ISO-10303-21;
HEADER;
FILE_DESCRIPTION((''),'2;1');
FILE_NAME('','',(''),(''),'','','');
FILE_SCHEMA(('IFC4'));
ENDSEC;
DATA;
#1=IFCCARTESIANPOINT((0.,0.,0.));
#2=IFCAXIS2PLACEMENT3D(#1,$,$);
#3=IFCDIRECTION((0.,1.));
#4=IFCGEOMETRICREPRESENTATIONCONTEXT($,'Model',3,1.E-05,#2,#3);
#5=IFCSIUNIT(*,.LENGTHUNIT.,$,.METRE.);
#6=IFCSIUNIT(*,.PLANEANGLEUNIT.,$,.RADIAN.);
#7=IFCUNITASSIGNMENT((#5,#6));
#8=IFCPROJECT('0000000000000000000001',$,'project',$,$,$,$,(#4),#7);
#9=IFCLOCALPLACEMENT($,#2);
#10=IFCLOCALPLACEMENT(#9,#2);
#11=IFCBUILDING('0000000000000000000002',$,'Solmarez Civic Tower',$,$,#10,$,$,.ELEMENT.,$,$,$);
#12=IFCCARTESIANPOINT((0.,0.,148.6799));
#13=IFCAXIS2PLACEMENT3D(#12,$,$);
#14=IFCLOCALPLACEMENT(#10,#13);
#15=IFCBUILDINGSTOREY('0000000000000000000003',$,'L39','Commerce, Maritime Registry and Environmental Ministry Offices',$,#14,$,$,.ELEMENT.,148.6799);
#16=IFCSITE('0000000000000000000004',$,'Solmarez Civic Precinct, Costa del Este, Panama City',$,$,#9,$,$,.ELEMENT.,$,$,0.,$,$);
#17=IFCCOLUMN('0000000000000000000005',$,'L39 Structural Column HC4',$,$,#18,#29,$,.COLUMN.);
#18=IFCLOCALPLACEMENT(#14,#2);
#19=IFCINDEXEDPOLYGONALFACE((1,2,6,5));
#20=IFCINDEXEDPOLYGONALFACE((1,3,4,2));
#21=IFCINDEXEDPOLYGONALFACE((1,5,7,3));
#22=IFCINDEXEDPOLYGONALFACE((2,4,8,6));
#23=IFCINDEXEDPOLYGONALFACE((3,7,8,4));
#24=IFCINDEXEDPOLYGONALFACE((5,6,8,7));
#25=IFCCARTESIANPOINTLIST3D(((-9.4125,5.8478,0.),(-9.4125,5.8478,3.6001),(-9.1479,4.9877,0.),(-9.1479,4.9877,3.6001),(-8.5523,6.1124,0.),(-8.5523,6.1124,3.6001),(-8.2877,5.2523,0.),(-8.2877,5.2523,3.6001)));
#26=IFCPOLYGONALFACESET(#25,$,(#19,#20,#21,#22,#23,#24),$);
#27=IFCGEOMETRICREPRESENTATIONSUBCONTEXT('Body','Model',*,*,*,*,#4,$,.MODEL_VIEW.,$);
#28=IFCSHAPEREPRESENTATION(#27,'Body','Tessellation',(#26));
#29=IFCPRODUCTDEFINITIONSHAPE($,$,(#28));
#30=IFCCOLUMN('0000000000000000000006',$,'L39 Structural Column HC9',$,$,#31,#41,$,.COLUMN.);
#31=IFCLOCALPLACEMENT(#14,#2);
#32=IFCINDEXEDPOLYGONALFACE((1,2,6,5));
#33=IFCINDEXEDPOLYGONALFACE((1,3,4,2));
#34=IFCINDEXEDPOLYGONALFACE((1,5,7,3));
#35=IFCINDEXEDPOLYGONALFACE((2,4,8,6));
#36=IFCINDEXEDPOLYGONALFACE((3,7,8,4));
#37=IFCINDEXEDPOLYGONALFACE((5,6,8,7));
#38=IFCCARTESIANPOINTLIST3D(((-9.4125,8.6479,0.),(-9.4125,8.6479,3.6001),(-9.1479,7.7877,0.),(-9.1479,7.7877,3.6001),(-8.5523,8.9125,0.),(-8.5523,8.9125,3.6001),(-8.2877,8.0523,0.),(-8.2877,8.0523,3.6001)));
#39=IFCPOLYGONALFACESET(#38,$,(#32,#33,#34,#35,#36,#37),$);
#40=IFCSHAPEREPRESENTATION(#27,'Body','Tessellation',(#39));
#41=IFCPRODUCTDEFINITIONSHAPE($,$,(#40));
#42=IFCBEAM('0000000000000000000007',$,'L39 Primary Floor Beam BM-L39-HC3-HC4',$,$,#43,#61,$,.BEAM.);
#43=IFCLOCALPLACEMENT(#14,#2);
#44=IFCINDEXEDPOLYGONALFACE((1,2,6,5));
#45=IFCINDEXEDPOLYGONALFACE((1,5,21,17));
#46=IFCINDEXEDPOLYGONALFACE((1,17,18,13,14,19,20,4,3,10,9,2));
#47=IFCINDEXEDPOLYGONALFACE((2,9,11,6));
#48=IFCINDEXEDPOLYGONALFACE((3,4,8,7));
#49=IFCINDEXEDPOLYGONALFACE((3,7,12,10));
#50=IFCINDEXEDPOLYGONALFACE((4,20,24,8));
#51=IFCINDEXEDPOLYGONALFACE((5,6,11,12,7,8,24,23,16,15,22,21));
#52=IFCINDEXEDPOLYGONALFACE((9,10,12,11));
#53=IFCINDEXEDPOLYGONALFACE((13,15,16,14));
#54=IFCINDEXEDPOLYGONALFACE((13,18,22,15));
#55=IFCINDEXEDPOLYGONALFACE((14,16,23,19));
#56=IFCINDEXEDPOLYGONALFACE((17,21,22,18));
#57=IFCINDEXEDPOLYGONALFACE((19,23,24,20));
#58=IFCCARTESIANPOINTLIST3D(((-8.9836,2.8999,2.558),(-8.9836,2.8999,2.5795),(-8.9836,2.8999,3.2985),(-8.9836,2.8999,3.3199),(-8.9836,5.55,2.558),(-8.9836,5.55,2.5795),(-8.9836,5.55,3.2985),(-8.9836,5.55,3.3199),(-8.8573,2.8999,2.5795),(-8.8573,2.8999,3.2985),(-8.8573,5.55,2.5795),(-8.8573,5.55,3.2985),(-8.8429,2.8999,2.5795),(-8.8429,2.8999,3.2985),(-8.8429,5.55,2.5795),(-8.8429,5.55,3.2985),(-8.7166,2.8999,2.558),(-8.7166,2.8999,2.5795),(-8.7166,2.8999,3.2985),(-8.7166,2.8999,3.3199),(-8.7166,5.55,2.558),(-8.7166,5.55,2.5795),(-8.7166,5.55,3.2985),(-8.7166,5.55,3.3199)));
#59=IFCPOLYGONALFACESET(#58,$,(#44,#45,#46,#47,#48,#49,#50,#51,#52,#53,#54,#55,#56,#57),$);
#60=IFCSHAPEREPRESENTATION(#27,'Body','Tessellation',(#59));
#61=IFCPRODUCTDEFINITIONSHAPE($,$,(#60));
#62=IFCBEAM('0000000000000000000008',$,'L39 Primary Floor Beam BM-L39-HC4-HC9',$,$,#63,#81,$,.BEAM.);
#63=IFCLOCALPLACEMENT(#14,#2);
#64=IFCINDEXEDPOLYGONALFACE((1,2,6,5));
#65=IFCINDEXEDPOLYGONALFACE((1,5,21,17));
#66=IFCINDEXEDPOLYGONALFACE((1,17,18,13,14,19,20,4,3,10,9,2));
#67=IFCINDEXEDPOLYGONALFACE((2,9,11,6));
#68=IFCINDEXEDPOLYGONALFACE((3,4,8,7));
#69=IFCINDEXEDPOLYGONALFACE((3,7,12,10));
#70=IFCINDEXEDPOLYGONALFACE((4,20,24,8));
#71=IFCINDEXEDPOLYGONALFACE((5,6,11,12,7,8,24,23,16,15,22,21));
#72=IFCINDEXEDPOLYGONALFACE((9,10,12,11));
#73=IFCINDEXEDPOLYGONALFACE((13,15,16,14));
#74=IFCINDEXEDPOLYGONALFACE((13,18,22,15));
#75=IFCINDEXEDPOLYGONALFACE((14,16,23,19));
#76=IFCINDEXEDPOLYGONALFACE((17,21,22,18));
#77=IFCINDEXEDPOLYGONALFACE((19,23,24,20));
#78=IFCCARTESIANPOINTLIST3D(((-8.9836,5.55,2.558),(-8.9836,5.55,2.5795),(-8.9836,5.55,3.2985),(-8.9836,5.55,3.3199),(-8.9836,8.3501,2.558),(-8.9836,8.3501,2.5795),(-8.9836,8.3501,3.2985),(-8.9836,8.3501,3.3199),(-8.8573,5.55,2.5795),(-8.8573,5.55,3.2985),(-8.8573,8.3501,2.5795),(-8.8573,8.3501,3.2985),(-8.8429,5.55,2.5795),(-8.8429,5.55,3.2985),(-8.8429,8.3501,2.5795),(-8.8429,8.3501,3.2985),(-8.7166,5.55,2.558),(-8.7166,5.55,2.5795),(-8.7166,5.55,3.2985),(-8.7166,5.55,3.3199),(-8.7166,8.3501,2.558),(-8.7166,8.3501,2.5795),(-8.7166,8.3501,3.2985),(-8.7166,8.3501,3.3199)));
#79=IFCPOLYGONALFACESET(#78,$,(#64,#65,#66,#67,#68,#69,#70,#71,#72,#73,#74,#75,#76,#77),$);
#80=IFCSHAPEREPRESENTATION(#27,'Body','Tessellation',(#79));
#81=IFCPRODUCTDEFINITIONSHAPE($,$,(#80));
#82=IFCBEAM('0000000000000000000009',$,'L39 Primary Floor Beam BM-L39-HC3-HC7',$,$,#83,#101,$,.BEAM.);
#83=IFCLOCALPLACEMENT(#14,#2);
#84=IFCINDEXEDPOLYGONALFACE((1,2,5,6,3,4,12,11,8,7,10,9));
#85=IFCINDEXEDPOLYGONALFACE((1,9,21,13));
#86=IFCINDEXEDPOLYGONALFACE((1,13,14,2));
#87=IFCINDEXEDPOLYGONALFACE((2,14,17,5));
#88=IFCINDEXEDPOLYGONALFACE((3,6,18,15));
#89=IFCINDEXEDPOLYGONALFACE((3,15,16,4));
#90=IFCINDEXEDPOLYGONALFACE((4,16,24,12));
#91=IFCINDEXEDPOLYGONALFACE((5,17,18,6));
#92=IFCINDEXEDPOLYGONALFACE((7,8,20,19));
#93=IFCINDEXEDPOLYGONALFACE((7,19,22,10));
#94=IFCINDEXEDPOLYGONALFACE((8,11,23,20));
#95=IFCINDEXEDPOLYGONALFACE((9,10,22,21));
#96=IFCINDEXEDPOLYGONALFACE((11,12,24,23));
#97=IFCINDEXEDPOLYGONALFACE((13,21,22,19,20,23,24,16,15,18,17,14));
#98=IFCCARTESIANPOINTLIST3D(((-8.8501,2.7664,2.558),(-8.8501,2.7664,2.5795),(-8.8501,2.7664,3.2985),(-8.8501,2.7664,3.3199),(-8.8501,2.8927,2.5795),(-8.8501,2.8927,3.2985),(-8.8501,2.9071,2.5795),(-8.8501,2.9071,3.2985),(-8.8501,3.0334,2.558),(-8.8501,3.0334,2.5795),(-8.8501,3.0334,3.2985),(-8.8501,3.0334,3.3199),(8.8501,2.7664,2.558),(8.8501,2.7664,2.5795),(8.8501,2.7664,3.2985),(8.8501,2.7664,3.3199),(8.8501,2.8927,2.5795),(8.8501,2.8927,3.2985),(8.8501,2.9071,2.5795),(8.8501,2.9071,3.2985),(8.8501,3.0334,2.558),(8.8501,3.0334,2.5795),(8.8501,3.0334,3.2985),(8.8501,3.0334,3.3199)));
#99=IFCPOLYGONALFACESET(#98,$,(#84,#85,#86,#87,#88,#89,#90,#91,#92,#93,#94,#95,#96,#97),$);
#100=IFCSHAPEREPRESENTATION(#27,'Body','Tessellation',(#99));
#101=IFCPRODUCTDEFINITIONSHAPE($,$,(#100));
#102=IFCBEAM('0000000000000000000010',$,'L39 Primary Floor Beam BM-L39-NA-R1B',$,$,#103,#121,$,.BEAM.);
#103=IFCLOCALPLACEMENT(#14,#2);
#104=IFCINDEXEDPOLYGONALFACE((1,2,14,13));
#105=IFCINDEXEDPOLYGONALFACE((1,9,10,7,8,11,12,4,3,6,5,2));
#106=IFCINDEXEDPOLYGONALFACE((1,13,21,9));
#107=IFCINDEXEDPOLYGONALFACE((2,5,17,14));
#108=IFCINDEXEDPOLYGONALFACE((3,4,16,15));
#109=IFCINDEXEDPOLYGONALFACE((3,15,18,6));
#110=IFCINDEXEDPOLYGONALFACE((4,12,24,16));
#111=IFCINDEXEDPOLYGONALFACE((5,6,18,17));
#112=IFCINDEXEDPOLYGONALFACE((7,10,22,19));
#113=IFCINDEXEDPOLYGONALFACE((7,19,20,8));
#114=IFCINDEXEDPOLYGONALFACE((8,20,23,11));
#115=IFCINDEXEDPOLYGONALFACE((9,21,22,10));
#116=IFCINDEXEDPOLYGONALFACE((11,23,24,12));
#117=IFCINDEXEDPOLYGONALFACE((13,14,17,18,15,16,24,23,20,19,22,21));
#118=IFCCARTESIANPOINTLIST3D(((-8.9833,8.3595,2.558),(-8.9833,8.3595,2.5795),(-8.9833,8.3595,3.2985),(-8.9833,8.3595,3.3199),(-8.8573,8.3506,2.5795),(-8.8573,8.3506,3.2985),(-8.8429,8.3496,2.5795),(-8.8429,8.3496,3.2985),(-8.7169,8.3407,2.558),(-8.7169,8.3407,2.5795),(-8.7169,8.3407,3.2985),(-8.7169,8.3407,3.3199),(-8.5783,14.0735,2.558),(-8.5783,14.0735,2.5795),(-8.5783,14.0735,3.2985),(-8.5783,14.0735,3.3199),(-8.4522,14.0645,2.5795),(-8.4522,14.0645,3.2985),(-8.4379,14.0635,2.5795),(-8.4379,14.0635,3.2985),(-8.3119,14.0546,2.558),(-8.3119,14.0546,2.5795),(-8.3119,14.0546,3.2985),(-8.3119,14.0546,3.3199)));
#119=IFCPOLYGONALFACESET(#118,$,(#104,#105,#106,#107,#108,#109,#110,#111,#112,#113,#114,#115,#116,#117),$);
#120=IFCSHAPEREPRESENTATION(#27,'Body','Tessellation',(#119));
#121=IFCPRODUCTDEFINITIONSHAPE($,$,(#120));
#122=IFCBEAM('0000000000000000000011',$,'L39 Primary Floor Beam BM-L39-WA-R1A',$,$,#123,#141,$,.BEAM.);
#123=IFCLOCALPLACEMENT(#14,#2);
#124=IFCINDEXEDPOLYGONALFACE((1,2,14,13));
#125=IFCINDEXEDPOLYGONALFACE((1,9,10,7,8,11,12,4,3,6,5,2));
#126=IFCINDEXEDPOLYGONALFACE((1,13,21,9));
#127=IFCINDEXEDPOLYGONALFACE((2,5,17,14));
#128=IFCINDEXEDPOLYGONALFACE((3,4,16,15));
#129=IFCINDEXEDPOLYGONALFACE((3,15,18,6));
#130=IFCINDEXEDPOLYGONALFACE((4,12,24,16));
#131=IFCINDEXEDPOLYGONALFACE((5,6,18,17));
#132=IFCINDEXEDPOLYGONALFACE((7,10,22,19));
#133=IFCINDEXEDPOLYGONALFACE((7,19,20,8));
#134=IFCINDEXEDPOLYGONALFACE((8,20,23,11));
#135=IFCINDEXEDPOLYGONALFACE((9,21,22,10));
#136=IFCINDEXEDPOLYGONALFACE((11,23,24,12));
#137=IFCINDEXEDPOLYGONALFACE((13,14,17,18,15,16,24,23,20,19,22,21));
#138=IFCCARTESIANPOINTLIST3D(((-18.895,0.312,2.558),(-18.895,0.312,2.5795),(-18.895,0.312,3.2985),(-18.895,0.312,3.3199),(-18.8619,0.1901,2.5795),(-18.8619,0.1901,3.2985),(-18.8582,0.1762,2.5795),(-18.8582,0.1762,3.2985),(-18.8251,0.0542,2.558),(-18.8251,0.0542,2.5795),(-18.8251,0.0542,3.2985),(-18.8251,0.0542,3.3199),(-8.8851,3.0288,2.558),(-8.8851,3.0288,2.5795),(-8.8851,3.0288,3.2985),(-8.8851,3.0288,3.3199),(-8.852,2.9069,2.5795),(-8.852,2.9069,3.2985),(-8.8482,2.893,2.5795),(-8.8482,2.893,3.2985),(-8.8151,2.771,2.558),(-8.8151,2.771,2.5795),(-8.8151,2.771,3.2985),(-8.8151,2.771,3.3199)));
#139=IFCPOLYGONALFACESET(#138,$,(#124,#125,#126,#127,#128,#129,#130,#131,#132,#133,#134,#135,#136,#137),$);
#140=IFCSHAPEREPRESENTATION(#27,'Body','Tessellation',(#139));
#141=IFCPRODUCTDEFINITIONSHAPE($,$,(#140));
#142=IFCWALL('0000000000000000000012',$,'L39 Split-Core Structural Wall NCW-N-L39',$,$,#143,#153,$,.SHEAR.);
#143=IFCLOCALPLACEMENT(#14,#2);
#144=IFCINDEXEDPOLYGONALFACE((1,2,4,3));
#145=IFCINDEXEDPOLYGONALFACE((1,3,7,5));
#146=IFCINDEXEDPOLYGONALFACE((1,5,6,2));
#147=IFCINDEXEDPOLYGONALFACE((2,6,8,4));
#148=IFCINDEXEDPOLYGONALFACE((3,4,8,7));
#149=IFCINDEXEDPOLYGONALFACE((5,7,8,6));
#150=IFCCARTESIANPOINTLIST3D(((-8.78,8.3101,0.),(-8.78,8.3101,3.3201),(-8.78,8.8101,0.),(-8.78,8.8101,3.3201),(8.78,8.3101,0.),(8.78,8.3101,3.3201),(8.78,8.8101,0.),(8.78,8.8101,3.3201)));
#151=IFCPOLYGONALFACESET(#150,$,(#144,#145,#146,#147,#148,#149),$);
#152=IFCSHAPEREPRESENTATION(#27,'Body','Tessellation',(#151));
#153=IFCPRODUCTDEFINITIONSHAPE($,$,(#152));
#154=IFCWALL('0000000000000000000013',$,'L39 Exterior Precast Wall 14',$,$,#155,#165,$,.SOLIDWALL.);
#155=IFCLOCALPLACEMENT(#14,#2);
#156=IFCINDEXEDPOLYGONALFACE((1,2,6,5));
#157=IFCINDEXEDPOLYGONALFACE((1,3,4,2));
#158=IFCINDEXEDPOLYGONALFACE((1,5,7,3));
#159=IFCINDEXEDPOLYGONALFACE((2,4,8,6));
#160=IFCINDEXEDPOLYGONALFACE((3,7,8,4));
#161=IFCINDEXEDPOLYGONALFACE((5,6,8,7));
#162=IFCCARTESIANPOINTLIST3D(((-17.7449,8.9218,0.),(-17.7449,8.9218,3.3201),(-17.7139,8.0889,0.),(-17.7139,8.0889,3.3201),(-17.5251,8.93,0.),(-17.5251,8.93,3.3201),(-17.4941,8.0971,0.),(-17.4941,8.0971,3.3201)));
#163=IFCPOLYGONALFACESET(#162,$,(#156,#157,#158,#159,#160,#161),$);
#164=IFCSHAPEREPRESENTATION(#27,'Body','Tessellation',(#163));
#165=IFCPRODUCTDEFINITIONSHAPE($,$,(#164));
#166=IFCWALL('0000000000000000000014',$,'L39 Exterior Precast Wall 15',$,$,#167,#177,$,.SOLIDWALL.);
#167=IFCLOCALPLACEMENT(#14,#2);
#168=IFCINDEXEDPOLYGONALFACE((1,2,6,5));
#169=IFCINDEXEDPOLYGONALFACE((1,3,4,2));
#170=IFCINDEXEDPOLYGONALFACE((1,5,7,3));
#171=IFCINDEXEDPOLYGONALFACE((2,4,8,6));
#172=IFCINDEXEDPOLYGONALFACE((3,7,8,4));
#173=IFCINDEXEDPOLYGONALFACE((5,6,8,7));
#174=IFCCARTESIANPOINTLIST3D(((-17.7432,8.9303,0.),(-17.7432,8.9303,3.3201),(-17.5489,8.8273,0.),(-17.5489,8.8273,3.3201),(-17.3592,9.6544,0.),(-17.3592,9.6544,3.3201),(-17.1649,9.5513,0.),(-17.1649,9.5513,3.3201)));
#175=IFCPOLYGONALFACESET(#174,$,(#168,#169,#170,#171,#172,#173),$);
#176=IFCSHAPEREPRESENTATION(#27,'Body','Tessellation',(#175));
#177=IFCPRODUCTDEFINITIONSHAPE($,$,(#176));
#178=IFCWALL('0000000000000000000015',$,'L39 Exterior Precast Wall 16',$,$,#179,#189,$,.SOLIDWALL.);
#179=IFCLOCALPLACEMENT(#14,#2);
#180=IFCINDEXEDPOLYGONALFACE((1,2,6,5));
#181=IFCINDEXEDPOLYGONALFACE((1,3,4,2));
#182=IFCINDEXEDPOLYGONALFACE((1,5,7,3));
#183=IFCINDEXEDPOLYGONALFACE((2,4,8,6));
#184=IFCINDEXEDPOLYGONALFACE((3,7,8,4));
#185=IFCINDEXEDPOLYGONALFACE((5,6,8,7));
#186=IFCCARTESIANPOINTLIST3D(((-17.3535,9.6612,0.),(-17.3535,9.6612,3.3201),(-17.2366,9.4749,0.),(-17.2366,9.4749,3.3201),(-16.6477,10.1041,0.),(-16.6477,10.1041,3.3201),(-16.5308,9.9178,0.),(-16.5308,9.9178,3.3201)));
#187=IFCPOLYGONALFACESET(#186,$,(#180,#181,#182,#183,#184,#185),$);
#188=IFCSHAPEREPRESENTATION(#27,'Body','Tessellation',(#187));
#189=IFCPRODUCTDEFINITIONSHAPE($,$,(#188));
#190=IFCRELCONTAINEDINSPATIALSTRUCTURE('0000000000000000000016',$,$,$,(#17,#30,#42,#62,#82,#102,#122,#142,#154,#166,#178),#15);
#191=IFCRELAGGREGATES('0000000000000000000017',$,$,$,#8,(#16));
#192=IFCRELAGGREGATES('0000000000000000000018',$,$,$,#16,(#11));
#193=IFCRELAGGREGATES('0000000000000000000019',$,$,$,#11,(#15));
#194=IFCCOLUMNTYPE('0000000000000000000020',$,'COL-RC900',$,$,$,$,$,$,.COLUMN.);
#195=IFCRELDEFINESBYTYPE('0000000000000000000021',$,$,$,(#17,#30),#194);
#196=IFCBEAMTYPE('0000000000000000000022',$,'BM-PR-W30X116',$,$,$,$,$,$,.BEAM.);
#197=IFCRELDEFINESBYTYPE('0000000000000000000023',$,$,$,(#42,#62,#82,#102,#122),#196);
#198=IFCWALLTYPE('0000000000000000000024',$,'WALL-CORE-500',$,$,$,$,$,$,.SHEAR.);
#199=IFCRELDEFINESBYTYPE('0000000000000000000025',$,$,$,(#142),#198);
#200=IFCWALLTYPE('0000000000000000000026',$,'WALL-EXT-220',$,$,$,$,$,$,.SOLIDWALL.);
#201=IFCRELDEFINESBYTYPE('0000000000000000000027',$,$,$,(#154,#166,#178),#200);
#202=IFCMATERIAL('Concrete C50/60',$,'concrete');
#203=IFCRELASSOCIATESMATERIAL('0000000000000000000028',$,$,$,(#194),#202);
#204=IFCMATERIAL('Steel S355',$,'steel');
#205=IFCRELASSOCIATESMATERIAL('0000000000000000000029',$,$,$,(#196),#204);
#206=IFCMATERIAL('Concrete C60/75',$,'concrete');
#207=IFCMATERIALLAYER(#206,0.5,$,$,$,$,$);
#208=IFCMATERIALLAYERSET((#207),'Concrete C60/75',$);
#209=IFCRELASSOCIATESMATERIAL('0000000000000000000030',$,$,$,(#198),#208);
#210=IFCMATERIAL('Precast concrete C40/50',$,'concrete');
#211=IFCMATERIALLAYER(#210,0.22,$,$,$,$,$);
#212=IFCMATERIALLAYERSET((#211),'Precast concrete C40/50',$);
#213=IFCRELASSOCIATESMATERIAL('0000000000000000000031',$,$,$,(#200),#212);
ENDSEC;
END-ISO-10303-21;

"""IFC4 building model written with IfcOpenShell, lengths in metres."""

from ifc_helpers import new_model, si_unit, direction, frame, frame_2d, origin, origin_2d, place, context, subcontext, project, spatial, rectangle, i_section, extrude, material, layer, layer_set, material_profile, profile_set, type_object, element, save


model = new_model("IFC4")

# Units and contexts
model_context = context("Model", 3, precision=1e-05, world=origin(), true_north=direction((0.0, 1.0)))
body_context = subcontext(model_context, "Body", "Model", "MODEL_VIEW")
ifc_project = project(units=[si_unit("LENGTHUNIT", "METRE"), si_unit("PLANEANGLEUNIT", "RADIAN")], contexts=[model_context])

# Site, building, storey
site_placement = place(None, origin())
site = spatial("IfcSite", under=ifc_project, at=site_placement, Name="Solmarez Civic Precinct, Costa del Este, Panama City", CompositionType="ELEMENT", RefElevation=0.0)
building_placement = place(site_placement, origin())
building = spatial("IfcBuilding", under=site, at=building_placement, Name="Solmarez Civic Tower", CompositionType="ELEMENT")
storey_placement = place(building_placement, frame((0.0, 0.0, 148.6799)))
storey = spatial("IfcBuildingStorey", under=building, at=storey_placement, Name="L39", Description="Commerce, Maritime Registry and Environmental Ministry Offices", CompositionType="ELEMENT", Elevation=148.6799)

# Columns
ifc_material_1 = material(Name="Concrete C50/60", Category="concrete")
ifc_material_profile_1 = material_profile(ifc_material_1, rectangle(XDim=0.8999, YDim=0.8999, at=origin_2d()), Name="RC900X900")
ifc_profile_set_1 = profile_set([ifc_material_profile_1], Name="Concrete C50/60")
column_type = type_object("IfcColumnType", Name="COL-RC900", PredefinedType="COLUMN", material=ifc_profile_set_1)
for number, where, z_axis, x_axis, name in (
    (1, (-8.8501, 5.55, 0.0), (0.0, 0.0, 1.0), (0.955793, 0.29404, 0.0), "L39 Structural Column HC4"),
    (2, (-8.8501, 8.3501, 0.0), (0.0, 0.0, 1.0), (0.955793, 0.29404, 0.0), "L39 Structural Column HC9"),
):
    element("IfcColumn", number, at=place(storey_placement, frame(where, z_axis=z_axis, x_axis=x_axis)), inside=storey, type_object=column_type, Name=name, PredefinedType="COLUMN", context=body_context, shape_type="SweptSolid", body=[
        extrude(rectangle(XDim=0.8999, YDim=0.8999, at=origin_2d()), origin(), (0.0, 0.0, 1.0), 3.6001),
    ])

# Beams
ifc_material_2 = material(Name="Steel S355", Category="steel")
ifc_material_profile_2 = material_profile(ifc_material_2, i_section(OverallWidth=0.2671, OverallDepth=0.762, WebThickness=0.0144, FlangeThickness=0.0215, at=origin_2d()), Name="W30X116")
ifc_profile_set_2 = profile_set([ifc_material_profile_2], Name="Steel S355")
beam_type = type_object("IfcBeamType", Name="BM-PR-W30X116", PredefinedType="BEAM", material=ifc_profile_set_2)
beam_1_placement = place(storey_placement, frame((-8.8501, 2.8999, 2.939), z_axis=(0.0, 1.0, 0.0), x_axis=(-1.0, 0.0, 0.0)))
element("IfcBeam", 3, at=beam_1_placement, inside=storey, type_object=beam_type, Name="L39 Primary Floor Beam BM-L39-HC3-HC4", PredefinedType="BEAM", context=body_context, shape_type="SweptSolid", body=[
    extrude(i_section(OverallWidth=0.2671, OverallDepth=0.762, WebThickness=0.0144, FlangeThickness=0.0215, at=origin_2d()), origin(), (0.0, 0.0, 1.0), 2.6501),
])
beam_2_placement = place(storey_placement, frame((-8.8501, 5.55, 2.939), z_axis=(0.0, 1.0, 0.0), x_axis=(-1.0, 0.0, 0.0)))
element("IfcBeam", 4, at=beam_2_placement, inside=storey, type_object=beam_type, Name="L39 Primary Floor Beam BM-L39-HC4-HC9", PredefinedType="BEAM", context=body_context, shape_type="SweptSolid", body=[
    extrude(i_section(OverallWidth=0.2671, OverallDepth=0.762, WebThickness=0.0144, FlangeThickness=0.0215, at=origin_2d()), origin(), (0.0, 0.0, 1.0), 2.8),
])
beam_3_placement = place(storey_placement, frame((-8.8501, 2.8999, 2.939), z_axis=(1.0, 0.0, 0.0), x_axis=(0.0, 1.0, 0.0)))
element("IfcBeam", 5, at=beam_3_placement, inside=storey, type_object=beam_type, Name="L39 Primary Floor Beam BM-L39-HC3-HC7", PredefinedType="BEAM", context=body_context, shape_type="SweptSolid", body=[
    extrude(i_section(OverallWidth=0.2671, OverallDepth=0.762, WebThickness=0.0144, FlangeThickness=0.0215, at=origin_2d()), origin(), (0.0, 0.0, 1.0), 17.7002),
])
beam_4_placement = place(storey_placement, frame((-8.8501, 8.3501, 2.939), z_axis=(0.070708, 0.997497, 0.0), x_axis=(-0.997497, 0.070708, 0.0)))
element("IfcBeam", 6, at=beam_4_placement, inside=storey, type_object=beam_type, Name="L39 Primary Floor Beam BM-L39-NA-R1B", PredefinedType="BEAM", context=body_context, shape_type="SweptSolid", body=[
    extrude(i_section(OverallWidth=0.2671, OverallDepth=0.762, WebThickness=0.0144, FlangeThickness=0.0215, at=origin_2d()), origin(), (0.0, 0.0, 1.0), 5.7283),
])
beam_5_placement = place(storey_placement, frame((-8.8501, 2.8999, 2.939), z_axis=(-0.965086, -0.261932, 0.0), x_axis=(0.261932, -0.965086, 0.0)))
element("IfcBeam", 7, at=beam_5_placement, inside=storey, type_object=beam_type, Name="L39 Primary Floor Beam BM-L39-WA-R1A", PredefinedType="BEAM", context=body_context, shape_type="SweptSolid", body=[
    extrude(i_section(OverallWidth=0.2671, OverallDepth=0.762, WebThickness=0.0144, FlangeThickness=0.0215, at=origin_2d()), origin(), (0.0, 0.0, 1.0), 10.3721),
])

# Walls
ifc_material_3 = material(Name="Concrete C60/75", Category="concrete")
ifc_layer_1 = layer(ifc_material_3, 0.5)
ifc_layer_set_1 = layer_set([ifc_layer_1], Name="Concrete C60/75")
wall_type_1 = type_object("IfcWallType", Name="WALL-CORE-500", PredefinedType="SHEAR", material=ifc_layer_set_1)
wall_1_placement = place(storey_placement, frame((-8.78, 8.5601, 0.0), z_axis=(0.0, 0.0, 1.0), x_axis=(1.0, 0.0, 0.0)))
element("IfcWall", 8, at=wall_1_placement, inside=storey, type_object=wall_type_1, Name="L39 Split-Core Structural Wall NCW-N-L39", PredefinedType="SHEAR", context=body_context, shape_type="SweptSolid", body=[
    extrude(rectangle(XDim=17.5601, YDim=0.5, at=frame_2d((8.78, 0.0))), origin(), (0.0, 0.0, 1.0), 3.3201),
])
ifc_material_4 = material(Name="Precast concrete C40/50", Category="concrete")
ifc_layer_2 = layer(ifc_material_4, 0.22)
ifc_layer_set_2 = layer_set([ifc_layer_2], Name="Precast concrete C40/50")
wall_type_2 = type_object("IfcWallType", Name="WALL-EXT-220", PredefinedType="SOLIDWALL", material=ifc_layer_set_2)
wall_2_placement = place(storey_placement, frame((-17.604, 8.093, 0.0), z_axis=(0.0, 0.0, 1.0), x_axis=(-0.037196, 0.999308, 0.0)))
element("IfcWall", 9, at=wall_2_placement, inside=storey, type_object=wall_type_2, Name="L39 Exterior Precast Wall 14", PredefinedType="SOLIDWALL", context=body_context, shape_type="SweptSolid", body=[
    extrude(rectangle(XDim=0.8335, YDim=0.22, at=frame_2d((0.4167, 0.0))), origin(), (0.0, 0.0, 1.0), 3.3201),
])
wall_3_placement = place(storey_placement, frame((-17.646, 8.8789, 0.0), z_axis=(0.0, 0.0, 1.0), x_axis=(0.468531, 0.883447, 0.0)))
element("IfcWall", 10, at=wall_3_placement, inside=storey, type_object=wall_type_2, Name="L39 Exterior Precast Wall 15", PredefinedType="SOLIDWALL", context=body_context, shape_type="SweptSolid", body=[
    extrude(rectangle(XDim=0.8196, YDim=0.22, at=frame_2d((0.4097, 0.0))), origin(), (0.0, 0.0, 1.0), 3.3201),
])
wall_4_placement = place(storey_placement, frame((-17.2949, 9.5681, 0.0), z_axis=(0.0, 0.0, 1.0), x_axis=(0.847059, 0.531499, 0.0)))
element("IfcWall", 11, at=wall_4_placement, inside=storey, type_object=wall_type_2, Name="L39 Exterior Precast Wall 16", PredefinedType="SOLIDWALL", context=body_context, shape_type="SweptSolid", body=[
    extrude(rectangle(XDim=0.8333, YDim=0.22, at=frame_2d((0.4165, 0.0))), origin(), (0.0, 0.0, 1.0), 3.3201),
])

save(model, "model.ifc")
